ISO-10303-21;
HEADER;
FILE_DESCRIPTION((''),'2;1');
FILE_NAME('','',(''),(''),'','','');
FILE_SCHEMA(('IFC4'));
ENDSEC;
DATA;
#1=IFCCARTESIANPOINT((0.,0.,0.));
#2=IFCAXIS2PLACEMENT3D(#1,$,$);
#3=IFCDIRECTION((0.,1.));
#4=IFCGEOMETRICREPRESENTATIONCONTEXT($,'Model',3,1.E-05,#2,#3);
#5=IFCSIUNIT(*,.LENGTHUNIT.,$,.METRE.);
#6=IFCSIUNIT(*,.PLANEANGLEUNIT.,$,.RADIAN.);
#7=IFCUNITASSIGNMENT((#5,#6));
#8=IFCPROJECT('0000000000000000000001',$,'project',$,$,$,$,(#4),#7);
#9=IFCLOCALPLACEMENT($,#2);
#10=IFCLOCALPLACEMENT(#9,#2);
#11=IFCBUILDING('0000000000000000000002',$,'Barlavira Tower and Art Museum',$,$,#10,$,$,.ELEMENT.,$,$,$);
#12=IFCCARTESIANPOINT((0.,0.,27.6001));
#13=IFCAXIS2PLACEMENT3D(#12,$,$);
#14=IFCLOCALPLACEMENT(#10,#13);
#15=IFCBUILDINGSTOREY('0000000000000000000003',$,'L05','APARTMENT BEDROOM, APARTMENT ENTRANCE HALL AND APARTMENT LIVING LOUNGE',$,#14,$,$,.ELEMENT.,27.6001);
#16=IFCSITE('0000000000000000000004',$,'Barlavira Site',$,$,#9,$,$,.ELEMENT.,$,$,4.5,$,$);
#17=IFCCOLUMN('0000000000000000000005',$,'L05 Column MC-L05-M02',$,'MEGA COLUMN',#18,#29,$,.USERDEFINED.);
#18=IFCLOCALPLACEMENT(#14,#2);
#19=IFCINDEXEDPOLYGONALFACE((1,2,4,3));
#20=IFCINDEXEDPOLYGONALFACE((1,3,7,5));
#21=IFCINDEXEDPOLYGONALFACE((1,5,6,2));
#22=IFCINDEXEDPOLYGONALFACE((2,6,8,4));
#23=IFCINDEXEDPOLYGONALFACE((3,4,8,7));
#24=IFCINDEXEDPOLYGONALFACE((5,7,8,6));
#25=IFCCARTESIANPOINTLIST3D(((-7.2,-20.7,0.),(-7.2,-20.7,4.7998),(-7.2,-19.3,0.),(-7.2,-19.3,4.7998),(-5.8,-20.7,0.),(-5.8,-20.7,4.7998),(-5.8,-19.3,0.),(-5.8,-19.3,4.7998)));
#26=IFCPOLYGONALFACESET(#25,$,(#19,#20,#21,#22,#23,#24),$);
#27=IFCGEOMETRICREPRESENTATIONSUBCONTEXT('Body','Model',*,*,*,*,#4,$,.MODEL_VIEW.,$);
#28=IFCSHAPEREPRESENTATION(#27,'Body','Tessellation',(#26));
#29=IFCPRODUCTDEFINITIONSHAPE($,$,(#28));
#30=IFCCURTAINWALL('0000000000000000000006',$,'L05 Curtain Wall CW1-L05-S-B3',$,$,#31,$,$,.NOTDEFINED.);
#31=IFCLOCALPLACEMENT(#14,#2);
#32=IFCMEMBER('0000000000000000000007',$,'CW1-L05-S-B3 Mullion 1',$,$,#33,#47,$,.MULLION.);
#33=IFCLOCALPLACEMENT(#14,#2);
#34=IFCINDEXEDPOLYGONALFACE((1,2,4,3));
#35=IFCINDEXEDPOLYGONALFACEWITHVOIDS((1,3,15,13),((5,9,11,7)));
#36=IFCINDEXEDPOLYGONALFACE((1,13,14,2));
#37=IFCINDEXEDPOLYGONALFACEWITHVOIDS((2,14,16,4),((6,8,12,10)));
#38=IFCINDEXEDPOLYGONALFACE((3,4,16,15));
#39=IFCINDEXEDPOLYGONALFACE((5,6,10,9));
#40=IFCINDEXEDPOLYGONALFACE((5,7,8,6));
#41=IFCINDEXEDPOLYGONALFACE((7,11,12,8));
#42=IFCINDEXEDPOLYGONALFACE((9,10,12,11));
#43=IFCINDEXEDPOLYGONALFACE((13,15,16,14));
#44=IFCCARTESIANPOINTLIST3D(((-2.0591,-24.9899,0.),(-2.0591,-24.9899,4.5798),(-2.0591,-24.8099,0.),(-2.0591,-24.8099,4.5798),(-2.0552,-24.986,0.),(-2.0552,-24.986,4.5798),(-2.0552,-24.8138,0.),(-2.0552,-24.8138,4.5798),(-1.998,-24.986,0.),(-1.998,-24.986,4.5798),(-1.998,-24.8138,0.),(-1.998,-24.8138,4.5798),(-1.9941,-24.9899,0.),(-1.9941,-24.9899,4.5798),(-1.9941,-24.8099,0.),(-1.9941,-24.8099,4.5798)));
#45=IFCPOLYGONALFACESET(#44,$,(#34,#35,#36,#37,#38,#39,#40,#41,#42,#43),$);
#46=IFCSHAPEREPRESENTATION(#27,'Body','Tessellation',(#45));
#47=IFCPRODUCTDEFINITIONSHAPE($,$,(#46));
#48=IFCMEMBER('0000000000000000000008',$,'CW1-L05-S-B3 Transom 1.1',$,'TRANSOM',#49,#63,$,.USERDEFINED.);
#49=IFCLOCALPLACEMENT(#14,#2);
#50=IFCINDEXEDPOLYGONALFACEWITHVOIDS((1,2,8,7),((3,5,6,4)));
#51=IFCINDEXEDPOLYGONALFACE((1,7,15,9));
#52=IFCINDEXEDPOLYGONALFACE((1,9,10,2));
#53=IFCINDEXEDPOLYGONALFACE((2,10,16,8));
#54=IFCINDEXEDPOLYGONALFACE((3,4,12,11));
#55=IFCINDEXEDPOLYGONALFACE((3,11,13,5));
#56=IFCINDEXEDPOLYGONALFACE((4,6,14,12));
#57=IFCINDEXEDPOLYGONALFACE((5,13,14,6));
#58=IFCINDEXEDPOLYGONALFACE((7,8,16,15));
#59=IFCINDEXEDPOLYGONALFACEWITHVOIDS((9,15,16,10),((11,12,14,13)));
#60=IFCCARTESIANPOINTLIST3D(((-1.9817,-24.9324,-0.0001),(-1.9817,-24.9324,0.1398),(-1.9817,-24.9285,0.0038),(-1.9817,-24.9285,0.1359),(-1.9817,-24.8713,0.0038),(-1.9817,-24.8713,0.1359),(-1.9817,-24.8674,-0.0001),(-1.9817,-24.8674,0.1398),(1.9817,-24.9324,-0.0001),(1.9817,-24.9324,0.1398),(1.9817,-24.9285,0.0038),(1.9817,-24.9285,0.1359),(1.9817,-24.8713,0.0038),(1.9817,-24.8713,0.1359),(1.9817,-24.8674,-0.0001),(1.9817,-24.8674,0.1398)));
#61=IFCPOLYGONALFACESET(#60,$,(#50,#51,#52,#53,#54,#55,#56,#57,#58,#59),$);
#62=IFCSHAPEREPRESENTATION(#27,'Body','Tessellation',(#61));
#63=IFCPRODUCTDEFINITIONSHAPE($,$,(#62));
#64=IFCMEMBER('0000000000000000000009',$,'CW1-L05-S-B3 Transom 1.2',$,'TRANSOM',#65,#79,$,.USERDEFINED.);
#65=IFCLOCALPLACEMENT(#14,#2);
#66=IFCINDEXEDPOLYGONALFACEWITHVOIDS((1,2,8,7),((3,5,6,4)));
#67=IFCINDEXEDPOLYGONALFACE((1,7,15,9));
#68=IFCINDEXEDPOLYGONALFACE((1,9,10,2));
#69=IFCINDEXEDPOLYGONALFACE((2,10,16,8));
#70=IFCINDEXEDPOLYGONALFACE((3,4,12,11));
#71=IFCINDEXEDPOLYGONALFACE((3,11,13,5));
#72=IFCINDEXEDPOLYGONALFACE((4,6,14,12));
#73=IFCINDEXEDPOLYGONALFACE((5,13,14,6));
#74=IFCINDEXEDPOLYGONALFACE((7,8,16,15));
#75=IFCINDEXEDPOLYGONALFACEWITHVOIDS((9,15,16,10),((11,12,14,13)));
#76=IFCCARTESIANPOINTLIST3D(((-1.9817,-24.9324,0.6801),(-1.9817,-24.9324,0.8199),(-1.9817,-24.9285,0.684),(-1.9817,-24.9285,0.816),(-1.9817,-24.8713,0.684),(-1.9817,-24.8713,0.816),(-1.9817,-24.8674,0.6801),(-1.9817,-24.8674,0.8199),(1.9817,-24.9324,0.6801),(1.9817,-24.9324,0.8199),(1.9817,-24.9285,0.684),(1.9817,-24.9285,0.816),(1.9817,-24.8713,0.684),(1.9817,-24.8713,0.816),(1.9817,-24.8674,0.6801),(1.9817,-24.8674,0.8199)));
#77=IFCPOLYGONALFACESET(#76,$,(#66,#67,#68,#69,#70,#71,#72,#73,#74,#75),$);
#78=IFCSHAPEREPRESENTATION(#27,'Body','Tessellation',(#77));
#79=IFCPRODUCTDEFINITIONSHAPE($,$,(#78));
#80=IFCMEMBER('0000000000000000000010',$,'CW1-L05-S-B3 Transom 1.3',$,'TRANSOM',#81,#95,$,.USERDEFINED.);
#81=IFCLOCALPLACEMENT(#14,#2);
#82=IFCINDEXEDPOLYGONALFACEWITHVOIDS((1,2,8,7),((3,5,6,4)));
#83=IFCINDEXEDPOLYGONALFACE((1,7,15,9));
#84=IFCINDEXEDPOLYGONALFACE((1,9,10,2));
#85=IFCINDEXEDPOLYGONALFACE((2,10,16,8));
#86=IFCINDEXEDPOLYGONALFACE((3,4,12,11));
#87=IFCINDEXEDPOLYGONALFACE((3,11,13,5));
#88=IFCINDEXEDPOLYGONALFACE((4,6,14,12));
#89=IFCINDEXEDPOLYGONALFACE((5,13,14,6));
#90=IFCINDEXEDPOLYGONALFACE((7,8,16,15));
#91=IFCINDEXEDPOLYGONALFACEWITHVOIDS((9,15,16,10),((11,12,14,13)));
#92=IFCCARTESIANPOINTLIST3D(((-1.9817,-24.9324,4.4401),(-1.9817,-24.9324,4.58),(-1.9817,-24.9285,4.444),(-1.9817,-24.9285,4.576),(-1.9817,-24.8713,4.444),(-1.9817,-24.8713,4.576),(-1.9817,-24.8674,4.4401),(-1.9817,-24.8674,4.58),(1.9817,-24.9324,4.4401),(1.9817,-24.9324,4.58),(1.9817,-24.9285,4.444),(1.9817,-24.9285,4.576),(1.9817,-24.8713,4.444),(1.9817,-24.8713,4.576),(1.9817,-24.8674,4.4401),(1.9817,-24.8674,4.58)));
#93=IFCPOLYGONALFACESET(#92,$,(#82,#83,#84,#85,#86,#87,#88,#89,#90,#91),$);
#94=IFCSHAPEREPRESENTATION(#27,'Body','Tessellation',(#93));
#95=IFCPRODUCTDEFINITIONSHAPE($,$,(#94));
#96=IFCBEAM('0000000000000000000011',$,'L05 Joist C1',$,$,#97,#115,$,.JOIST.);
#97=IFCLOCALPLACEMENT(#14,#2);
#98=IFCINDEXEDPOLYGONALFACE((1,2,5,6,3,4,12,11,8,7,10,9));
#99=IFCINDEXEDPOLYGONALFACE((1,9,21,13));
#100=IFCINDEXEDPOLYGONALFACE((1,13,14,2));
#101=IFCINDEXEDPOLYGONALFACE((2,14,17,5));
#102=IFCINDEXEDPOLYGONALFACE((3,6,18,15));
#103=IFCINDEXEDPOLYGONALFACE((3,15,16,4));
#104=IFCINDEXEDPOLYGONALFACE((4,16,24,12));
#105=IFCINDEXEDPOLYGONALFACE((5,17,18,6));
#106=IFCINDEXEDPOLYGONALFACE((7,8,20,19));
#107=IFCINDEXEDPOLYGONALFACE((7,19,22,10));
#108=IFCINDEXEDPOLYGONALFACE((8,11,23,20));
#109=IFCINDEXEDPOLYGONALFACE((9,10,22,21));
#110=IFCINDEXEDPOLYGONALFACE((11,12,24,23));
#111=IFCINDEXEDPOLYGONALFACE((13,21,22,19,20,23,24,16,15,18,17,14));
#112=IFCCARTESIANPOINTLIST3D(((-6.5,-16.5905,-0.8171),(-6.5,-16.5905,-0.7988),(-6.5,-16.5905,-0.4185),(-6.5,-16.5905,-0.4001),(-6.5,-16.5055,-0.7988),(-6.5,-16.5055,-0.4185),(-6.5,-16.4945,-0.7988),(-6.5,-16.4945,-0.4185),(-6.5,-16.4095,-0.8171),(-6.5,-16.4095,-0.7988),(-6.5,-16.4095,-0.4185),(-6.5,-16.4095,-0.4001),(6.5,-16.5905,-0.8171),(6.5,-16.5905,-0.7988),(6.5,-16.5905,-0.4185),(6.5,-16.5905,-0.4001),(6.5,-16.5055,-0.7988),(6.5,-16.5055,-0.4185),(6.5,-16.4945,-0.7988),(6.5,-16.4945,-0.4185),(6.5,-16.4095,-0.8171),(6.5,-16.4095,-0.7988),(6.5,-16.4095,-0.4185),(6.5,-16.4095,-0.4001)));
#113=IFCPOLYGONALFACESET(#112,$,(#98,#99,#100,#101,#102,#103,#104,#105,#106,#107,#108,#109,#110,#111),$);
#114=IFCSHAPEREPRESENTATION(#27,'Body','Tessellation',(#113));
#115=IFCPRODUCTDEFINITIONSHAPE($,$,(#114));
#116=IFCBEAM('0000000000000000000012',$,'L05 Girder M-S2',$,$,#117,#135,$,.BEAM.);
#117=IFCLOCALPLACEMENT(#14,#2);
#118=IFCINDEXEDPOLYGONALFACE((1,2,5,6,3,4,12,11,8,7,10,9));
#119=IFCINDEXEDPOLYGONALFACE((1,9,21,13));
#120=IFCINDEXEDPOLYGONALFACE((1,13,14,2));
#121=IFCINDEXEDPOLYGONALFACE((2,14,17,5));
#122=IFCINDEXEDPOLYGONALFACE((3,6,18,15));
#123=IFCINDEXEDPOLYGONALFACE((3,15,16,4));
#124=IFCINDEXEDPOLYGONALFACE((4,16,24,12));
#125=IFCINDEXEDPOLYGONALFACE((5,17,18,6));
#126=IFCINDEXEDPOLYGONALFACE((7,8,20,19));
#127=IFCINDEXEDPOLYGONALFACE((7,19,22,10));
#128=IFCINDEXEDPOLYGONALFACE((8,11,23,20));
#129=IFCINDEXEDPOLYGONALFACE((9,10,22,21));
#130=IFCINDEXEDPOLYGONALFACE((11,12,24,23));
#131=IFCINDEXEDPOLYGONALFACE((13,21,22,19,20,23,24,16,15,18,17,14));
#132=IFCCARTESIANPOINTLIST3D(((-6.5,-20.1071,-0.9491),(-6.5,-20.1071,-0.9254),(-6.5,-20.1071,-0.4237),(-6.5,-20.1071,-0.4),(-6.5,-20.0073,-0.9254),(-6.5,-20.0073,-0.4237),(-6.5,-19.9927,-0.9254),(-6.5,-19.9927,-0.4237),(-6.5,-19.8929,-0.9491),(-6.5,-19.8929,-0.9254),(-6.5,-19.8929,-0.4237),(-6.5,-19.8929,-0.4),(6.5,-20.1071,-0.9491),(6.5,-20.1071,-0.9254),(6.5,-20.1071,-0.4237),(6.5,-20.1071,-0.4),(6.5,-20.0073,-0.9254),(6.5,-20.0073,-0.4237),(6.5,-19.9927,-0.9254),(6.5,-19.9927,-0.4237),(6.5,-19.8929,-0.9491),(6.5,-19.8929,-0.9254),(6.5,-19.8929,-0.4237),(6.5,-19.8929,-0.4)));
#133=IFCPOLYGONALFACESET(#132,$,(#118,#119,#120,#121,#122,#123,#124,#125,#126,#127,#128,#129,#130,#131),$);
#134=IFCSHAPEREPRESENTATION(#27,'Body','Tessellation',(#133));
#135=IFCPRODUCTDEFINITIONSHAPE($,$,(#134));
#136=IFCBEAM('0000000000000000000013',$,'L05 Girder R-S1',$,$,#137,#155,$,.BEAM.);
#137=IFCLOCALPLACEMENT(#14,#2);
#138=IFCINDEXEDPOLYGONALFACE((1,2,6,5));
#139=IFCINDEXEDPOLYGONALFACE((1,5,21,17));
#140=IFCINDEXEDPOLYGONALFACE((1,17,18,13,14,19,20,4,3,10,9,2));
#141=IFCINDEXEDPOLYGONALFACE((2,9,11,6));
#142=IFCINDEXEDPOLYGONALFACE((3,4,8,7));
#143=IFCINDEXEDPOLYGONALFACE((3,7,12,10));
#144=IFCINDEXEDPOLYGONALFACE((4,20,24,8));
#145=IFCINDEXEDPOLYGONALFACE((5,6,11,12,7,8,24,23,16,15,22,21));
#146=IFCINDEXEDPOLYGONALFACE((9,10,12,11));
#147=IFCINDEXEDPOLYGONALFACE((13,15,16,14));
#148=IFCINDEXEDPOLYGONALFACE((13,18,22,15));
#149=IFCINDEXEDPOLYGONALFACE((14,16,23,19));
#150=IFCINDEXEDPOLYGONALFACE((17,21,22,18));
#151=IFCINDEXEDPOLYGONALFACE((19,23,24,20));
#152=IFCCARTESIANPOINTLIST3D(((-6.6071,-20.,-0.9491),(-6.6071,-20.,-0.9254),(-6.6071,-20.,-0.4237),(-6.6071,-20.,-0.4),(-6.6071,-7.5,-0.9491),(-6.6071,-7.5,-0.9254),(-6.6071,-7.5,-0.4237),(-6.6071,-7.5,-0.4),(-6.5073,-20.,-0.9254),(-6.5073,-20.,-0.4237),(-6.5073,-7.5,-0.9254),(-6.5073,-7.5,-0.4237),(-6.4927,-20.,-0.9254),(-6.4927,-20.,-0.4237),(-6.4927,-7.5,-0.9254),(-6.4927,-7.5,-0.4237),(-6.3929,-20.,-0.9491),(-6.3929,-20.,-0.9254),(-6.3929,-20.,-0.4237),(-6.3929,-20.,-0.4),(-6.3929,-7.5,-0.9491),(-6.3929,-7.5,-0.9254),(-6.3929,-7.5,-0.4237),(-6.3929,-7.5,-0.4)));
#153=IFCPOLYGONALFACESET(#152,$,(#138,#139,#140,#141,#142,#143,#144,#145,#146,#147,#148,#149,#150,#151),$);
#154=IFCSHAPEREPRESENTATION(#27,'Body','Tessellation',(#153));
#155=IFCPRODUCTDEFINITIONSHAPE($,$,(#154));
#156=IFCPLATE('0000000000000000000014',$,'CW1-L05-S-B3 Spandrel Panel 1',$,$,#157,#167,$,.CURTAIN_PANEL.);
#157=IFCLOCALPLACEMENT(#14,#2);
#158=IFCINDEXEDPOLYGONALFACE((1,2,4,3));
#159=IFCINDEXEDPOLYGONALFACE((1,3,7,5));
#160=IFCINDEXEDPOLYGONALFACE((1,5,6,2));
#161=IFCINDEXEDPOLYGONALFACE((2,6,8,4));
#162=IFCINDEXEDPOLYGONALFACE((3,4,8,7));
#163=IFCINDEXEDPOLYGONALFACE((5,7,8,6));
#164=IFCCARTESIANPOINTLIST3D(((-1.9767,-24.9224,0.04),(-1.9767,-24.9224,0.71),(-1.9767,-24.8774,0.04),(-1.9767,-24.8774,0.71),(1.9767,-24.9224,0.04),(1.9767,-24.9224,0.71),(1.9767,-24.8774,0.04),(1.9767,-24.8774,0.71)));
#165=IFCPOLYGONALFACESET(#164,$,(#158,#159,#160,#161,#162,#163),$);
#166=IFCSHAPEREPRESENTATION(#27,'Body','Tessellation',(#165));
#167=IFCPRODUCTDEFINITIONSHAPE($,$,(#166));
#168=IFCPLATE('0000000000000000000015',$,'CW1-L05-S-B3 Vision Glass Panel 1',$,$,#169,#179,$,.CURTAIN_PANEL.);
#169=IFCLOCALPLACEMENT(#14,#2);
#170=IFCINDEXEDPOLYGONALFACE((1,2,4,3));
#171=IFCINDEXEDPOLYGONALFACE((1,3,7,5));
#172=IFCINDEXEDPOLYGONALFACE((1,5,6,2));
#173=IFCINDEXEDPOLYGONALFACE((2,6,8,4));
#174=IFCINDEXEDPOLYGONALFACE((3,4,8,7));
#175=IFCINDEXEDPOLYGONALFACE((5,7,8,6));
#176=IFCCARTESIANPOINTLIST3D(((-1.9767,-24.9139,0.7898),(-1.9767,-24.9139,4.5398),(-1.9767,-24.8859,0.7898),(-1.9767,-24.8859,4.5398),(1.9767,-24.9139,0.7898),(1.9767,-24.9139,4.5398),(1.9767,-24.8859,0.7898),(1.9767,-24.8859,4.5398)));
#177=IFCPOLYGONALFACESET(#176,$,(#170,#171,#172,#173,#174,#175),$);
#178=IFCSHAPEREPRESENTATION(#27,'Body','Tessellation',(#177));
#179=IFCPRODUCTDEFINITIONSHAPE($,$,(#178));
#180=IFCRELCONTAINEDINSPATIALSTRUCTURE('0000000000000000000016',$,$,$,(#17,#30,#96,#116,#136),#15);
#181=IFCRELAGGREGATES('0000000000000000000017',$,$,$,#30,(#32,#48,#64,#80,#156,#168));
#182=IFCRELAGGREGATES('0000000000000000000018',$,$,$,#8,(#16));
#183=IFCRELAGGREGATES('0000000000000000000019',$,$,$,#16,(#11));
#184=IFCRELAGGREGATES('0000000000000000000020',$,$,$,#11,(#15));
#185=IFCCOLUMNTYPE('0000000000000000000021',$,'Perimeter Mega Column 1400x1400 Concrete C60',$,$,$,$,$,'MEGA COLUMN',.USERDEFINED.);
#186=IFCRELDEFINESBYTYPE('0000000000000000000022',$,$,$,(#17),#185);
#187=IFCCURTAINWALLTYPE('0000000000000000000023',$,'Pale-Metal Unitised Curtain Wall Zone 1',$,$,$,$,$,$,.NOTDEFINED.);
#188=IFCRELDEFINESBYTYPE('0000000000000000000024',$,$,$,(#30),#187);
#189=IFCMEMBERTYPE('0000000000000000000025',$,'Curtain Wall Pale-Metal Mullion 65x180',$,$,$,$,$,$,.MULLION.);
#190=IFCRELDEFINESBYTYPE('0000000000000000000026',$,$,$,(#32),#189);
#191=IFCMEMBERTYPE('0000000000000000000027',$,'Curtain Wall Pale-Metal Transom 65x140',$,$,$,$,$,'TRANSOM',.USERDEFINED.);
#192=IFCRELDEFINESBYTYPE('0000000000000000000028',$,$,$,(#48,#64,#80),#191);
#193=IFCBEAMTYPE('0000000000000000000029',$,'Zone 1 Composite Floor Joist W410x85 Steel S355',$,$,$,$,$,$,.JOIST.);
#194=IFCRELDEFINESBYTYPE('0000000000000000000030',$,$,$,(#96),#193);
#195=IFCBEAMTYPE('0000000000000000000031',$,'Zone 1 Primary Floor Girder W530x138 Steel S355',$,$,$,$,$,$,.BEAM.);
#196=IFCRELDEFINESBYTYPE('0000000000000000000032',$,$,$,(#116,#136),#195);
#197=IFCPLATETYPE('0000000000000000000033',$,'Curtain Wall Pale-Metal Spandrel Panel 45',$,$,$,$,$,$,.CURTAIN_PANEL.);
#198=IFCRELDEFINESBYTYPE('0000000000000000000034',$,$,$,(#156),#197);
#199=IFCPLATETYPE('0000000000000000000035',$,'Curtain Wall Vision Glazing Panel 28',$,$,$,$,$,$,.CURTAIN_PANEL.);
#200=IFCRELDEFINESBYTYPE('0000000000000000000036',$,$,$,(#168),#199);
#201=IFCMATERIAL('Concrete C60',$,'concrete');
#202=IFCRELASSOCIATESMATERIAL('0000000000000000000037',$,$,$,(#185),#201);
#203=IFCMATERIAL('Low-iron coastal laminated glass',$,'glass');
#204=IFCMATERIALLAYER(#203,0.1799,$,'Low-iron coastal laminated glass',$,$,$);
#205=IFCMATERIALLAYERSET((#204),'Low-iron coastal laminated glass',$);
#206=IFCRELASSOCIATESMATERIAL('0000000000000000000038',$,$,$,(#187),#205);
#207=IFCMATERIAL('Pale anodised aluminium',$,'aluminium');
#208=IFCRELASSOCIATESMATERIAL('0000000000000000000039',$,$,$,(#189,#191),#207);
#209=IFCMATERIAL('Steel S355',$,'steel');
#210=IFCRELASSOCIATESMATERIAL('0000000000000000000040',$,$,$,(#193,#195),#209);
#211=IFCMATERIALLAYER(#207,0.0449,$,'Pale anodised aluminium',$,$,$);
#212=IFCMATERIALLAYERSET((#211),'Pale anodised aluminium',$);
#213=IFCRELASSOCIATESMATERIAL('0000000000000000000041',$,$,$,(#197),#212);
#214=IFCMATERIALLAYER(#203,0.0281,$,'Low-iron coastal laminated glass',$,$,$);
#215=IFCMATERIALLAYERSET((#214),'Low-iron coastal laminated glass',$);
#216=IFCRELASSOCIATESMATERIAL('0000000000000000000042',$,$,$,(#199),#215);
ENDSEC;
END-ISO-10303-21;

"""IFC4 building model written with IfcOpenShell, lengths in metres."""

from ifc_helpers import new_model, si_unit, direction, frame, origin, origin_2d, place, context, subcontext, project, spatial, rectangle, hollow_rectangle, i_section, extrude, material, layer, layer_set, material_profile, profile_set, type_object, element, aggregate, save


model = new_model("IFC4")

# Units and contexts
model_context = context("Model", 3, precision=1e-05, world=origin(), true_north=direction((0.0, 1.0)))
body_context = subcontext(model_context, "Body", "Model", "MODEL_VIEW")
ifc_project = project(units=[si_unit("LENGTHUNIT", "METRE"), si_unit("PLANEANGLEUNIT", "RADIAN")], contexts=[model_context])

# Site, building, storey
site_placement = place(None, origin())
site = spatial("IfcSite", under=ifc_project, at=site_placement, Name="Barlavira Site", CompositionType="ELEMENT", RefElevation=4.5)
building_placement = place(site_placement, origin())
building = spatial("IfcBuilding", under=site, at=building_placement, Name="Barlavira Tower and Art Museum", CompositionType="ELEMENT")
storey_placement = place(building_placement, frame((0.0, 0.0, 27.6001)))
storey = spatial("IfcBuildingStorey", under=building, at=storey_placement, Name="L05", Description="APARTMENT BEDROOM, APARTMENT ENTRANCE HALL AND APARTMENT LIVING LOUNGE", CompositionType="ELEMENT", Elevation=27.6001)

# Column
ifc_material_1 = material(Name="Concrete C60", Category="concrete")
ifc_material_profile_1 = material_profile(ifc_material_1, rectangle(XDim=1.3999, YDim=1.3999, at=origin_2d()), Name="RC-MCOL 1400x1400")
ifc_profile_set_1 = profile_set([ifc_material_profile_1], Name="Concrete C60")
column_type = type_object("IfcColumnType", Name="Perimeter Mega Column 1400x1400 Concrete C60", ElementType="MEGA COLUMN", PredefinedType="USERDEFINED", material=ifc_profile_set_1)
column_placement = place(storey_placement, frame((-6.5, -20.0, 0.0), z_axis=(0.0, 0.0, 1.0), x_axis=(1.0, 0.0, 0.0)))
element("IfcColumn", 1, at=column_placement, inside=storey, type_object=column_type, Name="L05 Column MC-L05-M02", ObjectType="MEGA COLUMN", PredefinedType="USERDEFINED", context=body_context, shape_type="SweptSolid", body=[
    extrude(rectangle(XDim=1.3999, YDim=1.3999, at=origin_2d()), origin(), (0.0, 0.0, 1.0), 4.7998),
])

# Curtain wall, members
ifc_material_2 = material(Name="Low-iron coastal laminated glass", Category="glass")
ifc_layer_1 = layer(ifc_material_2, 0.1799, Name="Low-iron coastal laminated glass")
ifc_layer_set_1 = layer_set([ifc_layer_1], Name="Low-iron coastal laminated glass")
curtain_wall_type = type_object("IfcCurtainWallType", Name="Pale-Metal Unitised Curtain Wall Zone 1", PredefinedType="NOTDEFINED", material=ifc_layer_set_1)
curtain_wall_placement = place(storey_placement, origin())
curtain_wall = element("IfcCurtainWall", 2, at=curtain_wall_placement, inside=storey, type_object=curtain_wall_type, Name="L05 Curtain Wall CW1-L05-S-B3", PredefinedType="NOTDEFINED")
ifc_material_3 = material(Name="Pale anodised aluminium", Category="aluminium")
ifc_material_profile_2 = material_profile(ifc_material_3, hollow_rectangle(XDim=0.0649, YDim=0.1799, WallThickness=0.0039, at=origin_2d()), Name="ALU-MULL 65x180x4")
ifc_profile_set_2 = profile_set([ifc_material_profile_2], Name="Pale anodised aluminium")
member_type_1 = type_object("IfcMemberType", Name="Curtain Wall Pale-Metal Mullion 65x180", PredefinedType="MULLION", material=ifc_profile_set_2)
member_1_placement = place(storey_placement, frame((-2.0266, -24.8999, 0.0), z_axis=(0.0, 0.0, 1.0), x_axis=(1.0, 0.0, 0.0)))
member_1 = element("IfcMember", 3, at=member_1_placement, type_object=member_type_1, Name="CW1-L05-S-B3 Mullion 1", PredefinedType="MULLION", context=body_context, shape_type="SweptSolid", body=[
    extrude(hollow_rectangle(XDim=0.0649, YDim=0.1799, WallThickness=0.0039, at=origin_2d()), origin(), (0.0, 0.0, 1.0), 4.5798),
])
ifc_material_profile_3 = material_profile(ifc_material_3, hollow_rectangle(XDim=0.0649, YDim=0.1399, WallThickness=0.0039, at=origin_2d()), Name="ALU-TRAN 65x140x4")
ifc_profile_set_3 = profile_set([ifc_material_profile_3], Name="Pale anodised aluminium")
member_type_2 = type_object("IfcMemberType", Name="Curtain Wall Pale-Metal Transom 65x140", ElementType="TRANSOM", PredefinedType="USERDEFINED", material=ifc_profile_set_3)
member_2_placement = place(storey_placement, frame((-1.9817, -24.8999, 0.0698), z_axis=(1.0, 0.0, 0.0), x_axis=(0.0, 1.0, 0.0)))
member_2 = element("IfcMember", 4, at=member_2_placement, type_object=member_type_2, Name="CW1-L05-S-B3 Transom 1.1", ObjectType="TRANSOM", PredefinedType="USERDEFINED", context=body_context, shape_type="SweptSolid", body=[
    extrude(hollow_rectangle(XDim=0.0649, YDim=0.1399, WallThickness=0.0039, at=origin_2d()), origin(), (0.0, 0.0, 1.0), 3.9634),
])
member_3_placement = place(storey_placement, frame((-1.9817, -24.8999, 0.75), z_axis=(1.0, 0.0, 0.0), x_axis=(0.0, 1.0, 0.0)))
member_3 = element("IfcMember", 5, at=member_3_placement, type_object=member_type_2, Name="CW1-L05-S-B3 Transom 1.2", ObjectType="TRANSOM", PredefinedType="USERDEFINED", context=body_context, shape_type="SweptSolid", body=[
    extrude(hollow_rectangle(XDim=0.0649, YDim=0.1399, WallThickness=0.0039, at=origin_2d()), origin(), (0.0, 0.0, 1.0), 3.9634),
])
member_4_placement = place(storey_placement, frame((-1.9817, -24.8999, 4.51), z_axis=(1.0, 0.0, 0.0), x_axis=(0.0, 1.0, 0.0)))
member_4 = element("IfcMember", 6, at=member_4_placement, type_object=member_type_2, Name="CW1-L05-S-B3 Transom 1.3", ObjectType="TRANSOM", PredefinedType="USERDEFINED", context=body_context, shape_type="SweptSolid", body=[
    extrude(hollow_rectangle(XDim=0.0649, YDim=0.1399, WallThickness=0.0039, at=origin_2d()), origin(), (0.0, 0.0, 1.0), 3.9634),
])

# Beams
ifc_material_4 = material(Name="Steel S355", Category="steel")
ifc_material_profile_4 = material_profile(ifc_material_4, i_section(OverallWidth=0.1809, OverallDepth=0.417, WebThickness=0.011, FlangeThickness=0.0183, at=origin_2d()), Name="W410x85.0")
ifc_profile_set_4 = profile_set([ifc_material_profile_4], Name="Steel S355")
beam_type_1 = type_object("IfcBeamType", Name="Zone 1 Composite Floor Joist W410x85 Steel S355", PredefinedType="JOIST", material=ifc_profile_set_4)
beam_1_placement = place(storey_placement, frame((-6.5, -16.5, -0.6086), z_axis=(1.0, 0.0, 0.0), x_axis=(0.0, 1.0, 0.0)))
element("IfcBeam", 7, at=beam_1_placement, inside=storey, type_object=beam_type_1, Name="L05 Joist C1", PredefinedType="JOIST", context=body_context, shape_type="SweptSolid", body=[
    extrude(i_section(OverallWidth=0.1809, OverallDepth=0.417, WebThickness=0.011, FlangeThickness=0.0183, at=origin_2d()), origin(), (0.0, 0.0, 1.0), 13.0),
])
ifc_material_profile_5 = material_profile(ifc_material_4, i_section(OverallWidth=0.2141, OverallDepth=0.5491, WebThickness=0.0146, FlangeThickness=0.0237, at=origin_2d()), Name="W530x138.0")
ifc_profile_set_5 = profile_set([ifc_material_profile_5], Name="Steel S355")
beam_type_2 = type_object("IfcBeamType", Name="Zone 1 Primary Floor Girder W530x138 Steel S355", PredefinedType="BEAM", material=ifc_profile_set_5)
beam_2_placement = place(storey_placement, frame((-6.5, -20.0, -0.6746), z_axis=(1.0, 0.0, 0.0), x_axis=(0.0, 1.0, 0.0)))
element("IfcBeam", 8, at=beam_2_placement, inside=storey, type_object=beam_type_2, Name="L05 Girder M-S2", PredefinedType="BEAM", context=body_context, shape_type="SweptSolid", body=[
    extrude(i_section(OverallWidth=0.2141, OverallDepth=0.5491, WebThickness=0.0146, FlangeThickness=0.0237, at=origin_2d()), origin(), (0.0, 0.0, 1.0), 13.0),
])
beam_3_placement = place(storey_placement, frame((-6.5, -20.0, -0.6746), z_axis=(0.0, 1.0, 0.0), x_axis=(-1.0, 0.0, 0.0)))
element("IfcBeam", 9, at=beam_3_placement, inside=storey, type_object=beam_type_2, Name="L05 Girder R-S1", PredefinedType="BEAM", context=body_context, shape_type="SweptSolid", body=[
    extrude(i_section(OverallWidth=0.2141, OverallDepth=0.5491, WebThickness=0.0146, FlangeThickness=0.0237, at=origin_2d()), origin(), (0.0, 0.0, 1.0), 12.5),
])

# Plates
ifc_layer_2 = layer(ifc_material_3, 0.0449, Name="Pale anodised aluminium")
ifc_layer_set_2 = layer_set([ifc_layer_2], Name="Pale anodised aluminium")
plate_type_1 = type_object("IfcPlateType", Name="Curtain Wall Pale-Metal Spandrel Panel 45", PredefinedType="CURTAIN_PANEL", material=ifc_layer_set_2)
plate_1_placement = place(storey_placement, frame((0.0, -24.8999, 0.04), z_axis=(0.0, 0.0, 1.0), x_axis=(1.0, 0.0, 0.0)))
plate_1 = element("IfcPlate", 10, at=plate_1_placement, type_object=plate_type_1, Name="CW1-L05-S-B3 Spandrel Panel 1", PredefinedType="CURTAIN_PANEL", context=body_context, shape_type="SweptSolid", body=[
    extrude(rectangle(XDim=3.9534, YDim=0.0449, at=origin_2d()), origin(), (0.0, 0.0, 1.0), 0.6699),
])
ifc_layer_3 = layer(ifc_material_2, 0.0281, Name="Low-iron coastal laminated glass")
ifc_layer_set_3 = layer_set([ifc_layer_3], Name="Low-iron coastal laminated glass")
plate_type_2 = type_object("IfcPlateType", Name="Curtain Wall Vision Glazing Panel 28", PredefinedType="CURTAIN_PANEL", material=ifc_layer_set_3)
plate_2_placement = place(storey_placement, frame((0.0, -24.8999, 0.7898), z_axis=(0.0, 0.0, 1.0), x_axis=(1.0, 0.0, 0.0)))
plate_2 = element("IfcPlate", 11, at=plate_2_placement, type_object=plate_type_2, Name="CW1-L05-S-B3 Vision Glass Panel 1", PredefinedType="CURTAIN_PANEL", context=body_context, shape_type="SweptSolid", body=[
    extrude(rectangle(XDim=3.9534, YDim=0.0281, at=origin_2d()), origin(), (0.0, 0.0, 1.0), 3.75),
])
aggregate(curtain_wall, [member_1, member_2, member_3, member_4, plate_1, plate_2])

save(model, "model.ifc")
